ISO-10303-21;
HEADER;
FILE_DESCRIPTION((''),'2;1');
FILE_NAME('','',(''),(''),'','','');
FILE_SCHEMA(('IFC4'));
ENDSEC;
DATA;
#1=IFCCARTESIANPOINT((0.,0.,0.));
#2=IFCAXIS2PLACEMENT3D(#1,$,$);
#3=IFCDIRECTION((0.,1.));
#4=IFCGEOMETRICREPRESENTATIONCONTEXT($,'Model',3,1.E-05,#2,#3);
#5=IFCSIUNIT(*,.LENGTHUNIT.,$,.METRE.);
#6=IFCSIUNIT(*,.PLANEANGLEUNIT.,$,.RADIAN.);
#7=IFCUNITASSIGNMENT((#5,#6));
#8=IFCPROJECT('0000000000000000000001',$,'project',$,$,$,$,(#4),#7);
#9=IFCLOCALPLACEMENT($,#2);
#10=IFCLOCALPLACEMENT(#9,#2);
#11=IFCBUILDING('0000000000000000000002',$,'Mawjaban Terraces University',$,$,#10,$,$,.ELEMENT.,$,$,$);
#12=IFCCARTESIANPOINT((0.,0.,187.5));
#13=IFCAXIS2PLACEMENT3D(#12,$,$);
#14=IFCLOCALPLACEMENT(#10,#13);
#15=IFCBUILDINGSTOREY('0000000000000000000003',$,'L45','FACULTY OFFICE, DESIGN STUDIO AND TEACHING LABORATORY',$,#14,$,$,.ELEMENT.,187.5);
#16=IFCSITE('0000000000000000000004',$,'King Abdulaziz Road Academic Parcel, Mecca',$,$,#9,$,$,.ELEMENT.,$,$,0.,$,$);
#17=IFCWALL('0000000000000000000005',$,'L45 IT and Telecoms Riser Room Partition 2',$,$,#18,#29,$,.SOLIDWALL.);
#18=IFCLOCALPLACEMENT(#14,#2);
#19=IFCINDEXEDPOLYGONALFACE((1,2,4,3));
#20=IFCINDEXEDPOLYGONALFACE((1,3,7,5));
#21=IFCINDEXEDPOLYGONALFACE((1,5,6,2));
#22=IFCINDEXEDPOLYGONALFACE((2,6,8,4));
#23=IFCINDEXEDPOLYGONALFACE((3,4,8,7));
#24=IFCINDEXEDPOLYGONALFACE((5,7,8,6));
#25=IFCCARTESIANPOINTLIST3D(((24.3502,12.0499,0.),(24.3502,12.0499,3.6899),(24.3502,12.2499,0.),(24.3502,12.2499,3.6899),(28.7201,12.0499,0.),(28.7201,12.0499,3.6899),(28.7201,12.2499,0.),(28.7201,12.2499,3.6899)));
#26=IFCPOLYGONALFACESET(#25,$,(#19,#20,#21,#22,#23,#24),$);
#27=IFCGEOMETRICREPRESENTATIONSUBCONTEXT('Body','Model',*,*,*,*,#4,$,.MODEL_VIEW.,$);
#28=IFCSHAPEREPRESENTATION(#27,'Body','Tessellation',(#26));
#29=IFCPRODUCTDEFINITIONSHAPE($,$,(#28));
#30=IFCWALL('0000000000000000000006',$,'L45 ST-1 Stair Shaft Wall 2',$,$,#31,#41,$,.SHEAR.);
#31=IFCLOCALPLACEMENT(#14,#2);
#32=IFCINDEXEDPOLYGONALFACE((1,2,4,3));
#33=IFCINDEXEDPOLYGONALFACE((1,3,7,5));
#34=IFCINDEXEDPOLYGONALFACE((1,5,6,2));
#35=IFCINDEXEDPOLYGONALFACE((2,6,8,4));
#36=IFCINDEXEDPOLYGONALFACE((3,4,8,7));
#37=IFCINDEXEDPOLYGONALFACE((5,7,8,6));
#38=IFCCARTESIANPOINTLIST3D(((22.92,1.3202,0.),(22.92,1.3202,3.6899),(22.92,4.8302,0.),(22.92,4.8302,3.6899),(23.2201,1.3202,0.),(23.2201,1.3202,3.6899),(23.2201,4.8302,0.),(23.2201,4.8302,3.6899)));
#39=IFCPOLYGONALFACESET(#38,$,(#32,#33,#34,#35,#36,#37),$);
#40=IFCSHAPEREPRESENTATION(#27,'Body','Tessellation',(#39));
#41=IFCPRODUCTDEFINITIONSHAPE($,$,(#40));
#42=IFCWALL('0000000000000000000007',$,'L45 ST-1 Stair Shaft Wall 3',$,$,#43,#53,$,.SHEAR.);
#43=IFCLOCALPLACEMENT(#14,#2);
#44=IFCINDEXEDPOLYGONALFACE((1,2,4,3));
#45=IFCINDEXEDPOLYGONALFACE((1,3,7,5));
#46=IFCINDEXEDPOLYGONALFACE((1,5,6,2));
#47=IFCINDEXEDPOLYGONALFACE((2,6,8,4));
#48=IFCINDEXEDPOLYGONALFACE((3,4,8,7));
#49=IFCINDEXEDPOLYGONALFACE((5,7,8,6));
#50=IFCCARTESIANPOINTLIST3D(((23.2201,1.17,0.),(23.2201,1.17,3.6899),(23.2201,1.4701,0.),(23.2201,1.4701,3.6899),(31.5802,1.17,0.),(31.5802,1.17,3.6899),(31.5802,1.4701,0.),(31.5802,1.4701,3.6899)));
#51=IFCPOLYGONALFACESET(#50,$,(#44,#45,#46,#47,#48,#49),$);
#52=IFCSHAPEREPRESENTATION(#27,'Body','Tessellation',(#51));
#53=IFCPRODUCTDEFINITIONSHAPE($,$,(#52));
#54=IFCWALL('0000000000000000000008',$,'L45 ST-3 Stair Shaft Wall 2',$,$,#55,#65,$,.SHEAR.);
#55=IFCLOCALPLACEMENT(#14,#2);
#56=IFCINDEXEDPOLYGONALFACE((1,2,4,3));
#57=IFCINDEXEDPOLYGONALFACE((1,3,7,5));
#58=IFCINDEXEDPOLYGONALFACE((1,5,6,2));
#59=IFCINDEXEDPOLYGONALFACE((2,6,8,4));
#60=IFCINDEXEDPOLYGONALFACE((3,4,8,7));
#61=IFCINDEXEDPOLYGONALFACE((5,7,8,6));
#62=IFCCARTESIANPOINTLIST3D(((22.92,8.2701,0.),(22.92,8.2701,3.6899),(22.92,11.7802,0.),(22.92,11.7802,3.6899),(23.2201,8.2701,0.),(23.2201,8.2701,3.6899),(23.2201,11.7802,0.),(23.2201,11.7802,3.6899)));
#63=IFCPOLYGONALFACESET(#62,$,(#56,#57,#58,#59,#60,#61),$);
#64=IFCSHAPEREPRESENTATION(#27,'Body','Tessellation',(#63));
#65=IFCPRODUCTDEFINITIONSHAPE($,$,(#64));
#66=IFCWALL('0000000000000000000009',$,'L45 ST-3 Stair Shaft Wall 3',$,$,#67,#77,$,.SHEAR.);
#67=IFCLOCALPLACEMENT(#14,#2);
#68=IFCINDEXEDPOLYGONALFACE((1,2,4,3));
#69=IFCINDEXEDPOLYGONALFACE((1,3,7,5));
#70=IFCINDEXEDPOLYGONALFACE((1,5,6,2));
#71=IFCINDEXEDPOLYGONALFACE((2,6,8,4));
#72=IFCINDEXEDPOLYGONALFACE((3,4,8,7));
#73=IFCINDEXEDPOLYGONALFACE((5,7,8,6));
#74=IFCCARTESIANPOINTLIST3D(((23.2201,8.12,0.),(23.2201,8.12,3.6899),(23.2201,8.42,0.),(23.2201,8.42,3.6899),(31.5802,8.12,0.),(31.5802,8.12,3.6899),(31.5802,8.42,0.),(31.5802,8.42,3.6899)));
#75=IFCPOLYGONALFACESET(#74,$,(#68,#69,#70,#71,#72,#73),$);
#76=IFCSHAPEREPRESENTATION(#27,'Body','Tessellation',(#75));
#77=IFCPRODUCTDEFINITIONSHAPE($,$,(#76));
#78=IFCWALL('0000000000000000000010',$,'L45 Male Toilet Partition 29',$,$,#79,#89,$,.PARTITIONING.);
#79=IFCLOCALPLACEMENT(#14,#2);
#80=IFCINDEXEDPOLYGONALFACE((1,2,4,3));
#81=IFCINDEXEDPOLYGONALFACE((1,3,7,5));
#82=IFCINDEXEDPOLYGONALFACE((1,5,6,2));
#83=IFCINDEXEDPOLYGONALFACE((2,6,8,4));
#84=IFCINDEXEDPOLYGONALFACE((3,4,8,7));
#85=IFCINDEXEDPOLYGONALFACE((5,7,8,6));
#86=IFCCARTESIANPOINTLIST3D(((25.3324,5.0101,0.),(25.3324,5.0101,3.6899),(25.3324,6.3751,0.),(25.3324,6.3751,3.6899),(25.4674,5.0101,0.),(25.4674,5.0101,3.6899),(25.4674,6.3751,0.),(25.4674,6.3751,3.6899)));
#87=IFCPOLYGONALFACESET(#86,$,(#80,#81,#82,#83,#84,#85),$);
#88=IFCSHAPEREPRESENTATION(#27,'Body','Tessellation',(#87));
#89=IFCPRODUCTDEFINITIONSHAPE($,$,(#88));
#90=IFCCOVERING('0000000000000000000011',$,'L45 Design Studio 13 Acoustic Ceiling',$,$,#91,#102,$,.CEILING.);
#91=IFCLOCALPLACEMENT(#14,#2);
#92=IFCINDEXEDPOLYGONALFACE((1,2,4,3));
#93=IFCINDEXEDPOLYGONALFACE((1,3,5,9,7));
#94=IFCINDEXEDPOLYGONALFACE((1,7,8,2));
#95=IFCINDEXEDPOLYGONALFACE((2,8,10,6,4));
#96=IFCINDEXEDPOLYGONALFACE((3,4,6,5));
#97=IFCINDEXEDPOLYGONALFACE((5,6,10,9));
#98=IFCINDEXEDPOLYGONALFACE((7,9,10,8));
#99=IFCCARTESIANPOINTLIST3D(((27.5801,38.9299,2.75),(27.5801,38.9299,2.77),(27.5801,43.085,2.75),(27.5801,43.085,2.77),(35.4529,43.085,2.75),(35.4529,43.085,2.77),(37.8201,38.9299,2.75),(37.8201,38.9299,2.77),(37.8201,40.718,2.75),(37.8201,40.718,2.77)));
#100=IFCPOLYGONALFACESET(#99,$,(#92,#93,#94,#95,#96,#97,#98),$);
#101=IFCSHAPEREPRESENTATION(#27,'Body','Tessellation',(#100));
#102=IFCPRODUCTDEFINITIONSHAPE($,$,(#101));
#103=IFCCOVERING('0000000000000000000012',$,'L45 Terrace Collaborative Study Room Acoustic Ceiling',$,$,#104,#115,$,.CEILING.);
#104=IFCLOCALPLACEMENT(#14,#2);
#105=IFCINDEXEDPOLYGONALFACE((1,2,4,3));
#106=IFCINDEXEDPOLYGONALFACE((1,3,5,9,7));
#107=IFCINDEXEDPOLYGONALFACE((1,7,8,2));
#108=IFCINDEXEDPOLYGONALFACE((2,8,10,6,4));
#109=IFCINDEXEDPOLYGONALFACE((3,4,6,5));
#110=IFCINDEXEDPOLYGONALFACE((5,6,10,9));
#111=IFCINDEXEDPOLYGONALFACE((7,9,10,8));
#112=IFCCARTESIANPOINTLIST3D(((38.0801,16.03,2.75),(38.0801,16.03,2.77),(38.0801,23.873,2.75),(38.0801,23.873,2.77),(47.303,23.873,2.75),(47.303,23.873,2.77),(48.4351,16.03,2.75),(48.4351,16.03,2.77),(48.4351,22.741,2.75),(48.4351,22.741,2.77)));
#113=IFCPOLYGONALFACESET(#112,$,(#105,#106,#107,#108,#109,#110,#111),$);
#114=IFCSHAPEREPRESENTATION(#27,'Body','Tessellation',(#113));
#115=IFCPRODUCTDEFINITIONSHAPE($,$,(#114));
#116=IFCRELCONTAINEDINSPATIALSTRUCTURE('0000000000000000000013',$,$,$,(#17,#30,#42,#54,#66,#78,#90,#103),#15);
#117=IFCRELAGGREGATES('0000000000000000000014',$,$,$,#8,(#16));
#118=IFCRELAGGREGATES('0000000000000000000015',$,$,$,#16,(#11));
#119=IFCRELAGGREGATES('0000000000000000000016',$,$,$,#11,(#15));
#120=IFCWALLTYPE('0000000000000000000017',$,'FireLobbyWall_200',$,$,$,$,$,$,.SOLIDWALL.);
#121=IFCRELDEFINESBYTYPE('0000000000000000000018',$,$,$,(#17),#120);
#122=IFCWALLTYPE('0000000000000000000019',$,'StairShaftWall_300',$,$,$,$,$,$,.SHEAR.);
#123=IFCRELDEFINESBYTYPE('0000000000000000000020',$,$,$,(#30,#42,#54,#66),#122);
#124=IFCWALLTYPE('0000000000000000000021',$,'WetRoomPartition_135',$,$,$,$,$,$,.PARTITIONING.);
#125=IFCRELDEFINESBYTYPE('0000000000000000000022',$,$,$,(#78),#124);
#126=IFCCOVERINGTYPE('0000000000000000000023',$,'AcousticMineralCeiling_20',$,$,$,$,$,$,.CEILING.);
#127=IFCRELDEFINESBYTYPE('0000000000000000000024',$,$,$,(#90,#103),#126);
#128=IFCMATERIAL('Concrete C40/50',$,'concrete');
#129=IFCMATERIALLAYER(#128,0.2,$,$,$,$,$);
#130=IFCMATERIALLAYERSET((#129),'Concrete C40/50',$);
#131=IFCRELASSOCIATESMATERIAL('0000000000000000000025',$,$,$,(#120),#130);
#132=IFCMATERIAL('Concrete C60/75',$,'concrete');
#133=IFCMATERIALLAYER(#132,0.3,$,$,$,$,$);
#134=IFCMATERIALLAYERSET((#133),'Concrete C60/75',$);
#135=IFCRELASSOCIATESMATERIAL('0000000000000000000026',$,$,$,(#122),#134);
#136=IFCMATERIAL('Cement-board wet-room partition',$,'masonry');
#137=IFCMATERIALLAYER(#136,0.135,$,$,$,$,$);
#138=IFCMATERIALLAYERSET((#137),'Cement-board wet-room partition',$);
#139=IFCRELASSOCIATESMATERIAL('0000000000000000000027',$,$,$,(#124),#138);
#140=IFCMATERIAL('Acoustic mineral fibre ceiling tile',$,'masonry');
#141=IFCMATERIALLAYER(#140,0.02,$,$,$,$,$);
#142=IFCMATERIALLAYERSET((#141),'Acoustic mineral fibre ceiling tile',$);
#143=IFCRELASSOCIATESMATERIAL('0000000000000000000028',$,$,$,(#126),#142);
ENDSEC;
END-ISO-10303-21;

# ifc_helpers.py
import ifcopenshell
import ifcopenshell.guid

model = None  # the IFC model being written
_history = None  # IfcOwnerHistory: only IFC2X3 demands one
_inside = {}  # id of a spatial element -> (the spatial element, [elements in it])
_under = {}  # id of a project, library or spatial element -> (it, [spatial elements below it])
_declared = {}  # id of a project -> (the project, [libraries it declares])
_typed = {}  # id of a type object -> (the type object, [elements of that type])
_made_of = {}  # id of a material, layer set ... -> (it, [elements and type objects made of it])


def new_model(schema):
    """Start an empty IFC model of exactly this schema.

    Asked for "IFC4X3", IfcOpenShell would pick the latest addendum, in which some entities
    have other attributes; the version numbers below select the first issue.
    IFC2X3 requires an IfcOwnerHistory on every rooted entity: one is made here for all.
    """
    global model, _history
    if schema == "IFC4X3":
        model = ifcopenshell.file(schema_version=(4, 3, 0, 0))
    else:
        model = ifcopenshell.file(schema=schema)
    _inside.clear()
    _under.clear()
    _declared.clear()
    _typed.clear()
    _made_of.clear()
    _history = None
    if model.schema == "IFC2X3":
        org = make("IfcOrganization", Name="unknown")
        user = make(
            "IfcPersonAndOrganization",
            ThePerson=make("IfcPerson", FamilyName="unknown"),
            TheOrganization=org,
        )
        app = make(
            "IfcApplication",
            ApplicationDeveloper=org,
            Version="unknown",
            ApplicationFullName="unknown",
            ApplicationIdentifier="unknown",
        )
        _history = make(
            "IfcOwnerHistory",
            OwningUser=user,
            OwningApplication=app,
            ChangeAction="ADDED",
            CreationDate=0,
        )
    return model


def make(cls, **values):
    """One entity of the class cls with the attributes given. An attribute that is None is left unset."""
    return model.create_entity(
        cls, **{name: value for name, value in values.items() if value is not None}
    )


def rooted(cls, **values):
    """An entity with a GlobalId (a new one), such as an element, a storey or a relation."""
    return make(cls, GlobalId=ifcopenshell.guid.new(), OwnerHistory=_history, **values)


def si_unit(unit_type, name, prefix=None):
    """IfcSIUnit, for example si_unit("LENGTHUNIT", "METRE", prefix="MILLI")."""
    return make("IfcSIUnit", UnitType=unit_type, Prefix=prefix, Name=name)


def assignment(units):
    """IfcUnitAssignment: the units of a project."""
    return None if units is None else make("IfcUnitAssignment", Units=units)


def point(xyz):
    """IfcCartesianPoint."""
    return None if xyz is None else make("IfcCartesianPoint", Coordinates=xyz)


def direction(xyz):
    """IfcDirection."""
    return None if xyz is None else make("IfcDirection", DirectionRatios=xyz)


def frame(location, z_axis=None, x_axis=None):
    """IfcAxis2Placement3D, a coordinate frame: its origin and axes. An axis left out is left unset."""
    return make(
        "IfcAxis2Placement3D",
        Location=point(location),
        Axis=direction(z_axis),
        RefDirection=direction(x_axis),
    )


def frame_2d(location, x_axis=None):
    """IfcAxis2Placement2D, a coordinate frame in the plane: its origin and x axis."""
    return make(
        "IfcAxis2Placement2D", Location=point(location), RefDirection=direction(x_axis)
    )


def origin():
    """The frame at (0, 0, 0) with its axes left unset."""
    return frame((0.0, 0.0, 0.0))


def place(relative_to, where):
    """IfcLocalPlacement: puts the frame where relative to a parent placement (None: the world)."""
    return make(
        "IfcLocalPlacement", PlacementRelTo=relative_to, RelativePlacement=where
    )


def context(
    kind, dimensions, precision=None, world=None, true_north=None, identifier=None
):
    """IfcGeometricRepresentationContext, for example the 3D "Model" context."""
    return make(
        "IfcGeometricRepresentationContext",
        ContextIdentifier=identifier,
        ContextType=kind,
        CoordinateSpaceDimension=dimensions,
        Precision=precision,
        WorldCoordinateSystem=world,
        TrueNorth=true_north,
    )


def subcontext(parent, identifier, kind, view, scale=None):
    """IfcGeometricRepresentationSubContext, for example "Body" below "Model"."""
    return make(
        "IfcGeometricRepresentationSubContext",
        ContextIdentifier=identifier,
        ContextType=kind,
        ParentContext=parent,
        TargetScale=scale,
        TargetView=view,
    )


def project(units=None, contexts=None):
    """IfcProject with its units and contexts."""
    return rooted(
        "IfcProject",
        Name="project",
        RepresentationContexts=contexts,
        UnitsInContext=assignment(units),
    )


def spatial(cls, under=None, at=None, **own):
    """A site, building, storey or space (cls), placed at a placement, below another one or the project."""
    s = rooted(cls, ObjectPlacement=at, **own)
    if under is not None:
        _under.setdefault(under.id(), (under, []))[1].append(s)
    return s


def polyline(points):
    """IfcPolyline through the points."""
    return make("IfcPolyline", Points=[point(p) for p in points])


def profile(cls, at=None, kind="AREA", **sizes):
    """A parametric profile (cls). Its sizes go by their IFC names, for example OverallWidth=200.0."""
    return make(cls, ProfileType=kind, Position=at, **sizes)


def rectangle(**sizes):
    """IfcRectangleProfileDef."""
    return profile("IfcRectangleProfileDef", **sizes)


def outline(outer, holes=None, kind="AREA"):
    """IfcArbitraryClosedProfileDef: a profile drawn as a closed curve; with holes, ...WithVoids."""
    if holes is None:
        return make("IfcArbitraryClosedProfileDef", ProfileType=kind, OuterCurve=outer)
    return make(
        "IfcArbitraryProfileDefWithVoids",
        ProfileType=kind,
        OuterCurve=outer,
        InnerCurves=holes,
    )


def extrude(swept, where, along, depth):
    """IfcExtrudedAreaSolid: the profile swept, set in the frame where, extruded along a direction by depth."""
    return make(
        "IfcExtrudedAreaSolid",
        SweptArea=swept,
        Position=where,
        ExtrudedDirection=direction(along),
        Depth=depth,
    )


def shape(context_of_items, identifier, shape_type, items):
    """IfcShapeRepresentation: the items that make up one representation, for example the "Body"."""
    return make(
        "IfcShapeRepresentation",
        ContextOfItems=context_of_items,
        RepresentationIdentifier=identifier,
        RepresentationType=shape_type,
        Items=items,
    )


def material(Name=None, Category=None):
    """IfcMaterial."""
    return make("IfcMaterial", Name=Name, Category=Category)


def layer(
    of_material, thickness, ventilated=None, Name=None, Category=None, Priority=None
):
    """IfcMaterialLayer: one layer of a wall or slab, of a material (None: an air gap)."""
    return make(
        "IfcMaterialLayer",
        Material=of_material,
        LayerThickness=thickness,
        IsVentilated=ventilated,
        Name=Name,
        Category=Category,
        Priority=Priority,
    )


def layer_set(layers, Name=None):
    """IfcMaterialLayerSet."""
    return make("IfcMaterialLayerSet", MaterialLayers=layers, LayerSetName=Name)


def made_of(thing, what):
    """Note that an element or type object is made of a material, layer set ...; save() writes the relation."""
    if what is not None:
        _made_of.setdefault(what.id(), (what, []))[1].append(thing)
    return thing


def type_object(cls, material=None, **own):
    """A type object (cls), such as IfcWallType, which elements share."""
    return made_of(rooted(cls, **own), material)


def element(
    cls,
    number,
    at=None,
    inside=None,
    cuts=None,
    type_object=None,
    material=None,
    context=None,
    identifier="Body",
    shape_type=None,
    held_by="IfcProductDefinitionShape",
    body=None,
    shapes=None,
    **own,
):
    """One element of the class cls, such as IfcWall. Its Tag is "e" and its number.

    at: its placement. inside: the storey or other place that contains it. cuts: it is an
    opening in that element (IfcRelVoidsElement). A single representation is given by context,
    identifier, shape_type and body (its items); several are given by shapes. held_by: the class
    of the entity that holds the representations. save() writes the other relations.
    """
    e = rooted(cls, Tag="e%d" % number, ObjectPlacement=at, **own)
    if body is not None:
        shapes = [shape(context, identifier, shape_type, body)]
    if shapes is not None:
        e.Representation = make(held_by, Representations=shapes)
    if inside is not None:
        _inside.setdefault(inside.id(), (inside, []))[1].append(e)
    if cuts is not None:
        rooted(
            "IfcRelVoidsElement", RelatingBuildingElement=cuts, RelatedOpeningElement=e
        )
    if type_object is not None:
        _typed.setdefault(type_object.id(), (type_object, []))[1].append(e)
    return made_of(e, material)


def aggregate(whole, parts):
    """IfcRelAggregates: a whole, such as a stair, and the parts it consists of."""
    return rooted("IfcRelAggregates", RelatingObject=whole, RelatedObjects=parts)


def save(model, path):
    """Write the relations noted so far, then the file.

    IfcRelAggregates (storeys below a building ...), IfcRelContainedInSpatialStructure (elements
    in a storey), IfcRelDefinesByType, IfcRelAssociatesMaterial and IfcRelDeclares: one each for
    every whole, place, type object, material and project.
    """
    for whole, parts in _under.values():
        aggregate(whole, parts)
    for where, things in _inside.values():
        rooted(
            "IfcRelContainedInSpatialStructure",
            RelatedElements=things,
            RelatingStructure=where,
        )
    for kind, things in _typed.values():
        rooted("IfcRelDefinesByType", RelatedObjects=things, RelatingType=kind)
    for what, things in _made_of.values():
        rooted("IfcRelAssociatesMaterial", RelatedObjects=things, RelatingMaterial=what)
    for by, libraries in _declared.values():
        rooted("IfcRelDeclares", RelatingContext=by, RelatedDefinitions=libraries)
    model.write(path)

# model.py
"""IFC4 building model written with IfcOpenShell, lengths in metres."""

from ifc_helpers import new_model, si_unit, direction, frame, frame_2d, origin, place, context, subcontext, project, spatial, polyline, rectangle, outline, extrude, material, layer, layer_set, type_object, element, save


model = new_model("IFC4")

# Units and contexts
model_context = context("Model", 3, precision=1e-05, world=origin(), true_north=direction((0.0, 1.0)))
body_context = subcontext(model_context, "Body", "Model", "MODEL_VIEW")
ifc_project = project(units=[si_unit("LENGTHUNIT", "METRE"), si_unit("PLANEANGLEUNIT", "RADIAN")], contexts=[model_context])

# Site, building, storey
site_placement = place(None, origin())
site = spatial("IfcSite", under=ifc_project, at=site_placement, Name="King Abdulaziz Road Academic Parcel, Mecca", CompositionType="ELEMENT", RefElevation=0.0)
building_placement = place(site_placement, origin())
building = spatial("IfcBuilding", under=site, at=building_placement, Name="Mawjaban Terraces University", CompositionType="ELEMENT")
storey_placement = place(building_placement, frame((0.0, 0.0, 187.5)))
storey = spatial("IfcBuildingStorey", under=building, at=storey_placement, Name="L45", Description="FACULTY OFFICE, DESIGN STUDIO AND TEACHING LABORATORY", CompositionType="ELEMENT", Elevation=187.5)

# Shared definitions
ifc_material_1 = material(Name="Concrete C60/75", Category="concrete")

# Walls
ifc_material_2 = material(Name="Concrete C40/50", Category="concrete")
ifc_layer_1 = layer(ifc_material_2, 0.2)
ifc_layer_set_1 = layer_set([ifc_layer_1], Name="Concrete C40/50")
wall_type_1 = type_object("IfcWallType", Name="FireLobbyWall_200", PredefinedType="SOLIDWALL", material=ifc_layer_set_1)
wall_1_placement = place(storey_placement, frame((24.3501, 12.1499, 0.0), z_axis=(0.0, 0.0, 1.0), x_axis=(1.0, 0.0, 0.0)))
element("IfcWall", 1, at=wall_1_placement, inside=storey, type_object=wall_type_1, Name="L45 IT and Telecoms Riser Room Partition 2", PredefinedType="SOLIDWALL", context=body_context, shape_type="SweptSolid", body=[
    extrude(rectangle(XDim=4.3699, YDim=0.2, at=frame_2d((2.1851, 0.0))), origin(), (0.0, 0.0, 1.0), 3.6899),
])
ifc_layer_2 = layer(ifc_material_1, 0.3)
ifc_layer_set_2 = layer_set([ifc_layer_2], Name="Concrete C60/75")
wall_type_2 = type_object("IfcWallType", Name="StairShaftWall_300", PredefinedType="SHEAR", material=ifc_layer_set_2)
wall_2_placement = place(storey_placement, frame((23.0701, 4.8301, 0.0), z_axis=(0.0, 0.0, 1.0), x_axis=(0.0, -1.0, 0.0)))
element("IfcWall", 2, at=wall_2_placement, inside=storey, type_object=wall_type_2, Name="L45 ST-1 Stair Shaft Wall 2", PredefinedType="SHEAR", context=body_context, shape_type="SweptSolid", body=[
    extrude(rectangle(XDim=3.51, YDim=0.3, at=frame_2d((1.7549, 0.0))), origin(), (0.0, 0.0, 1.0), 3.6899),
])
wall_3_placement = place(storey_placement, frame((23.22, 1.3201, 0.0), z_axis=(0.0, 0.0, 1.0), x_axis=(1.0, 0.0, 0.0)))
element("IfcWall", 3, at=wall_3_placement, inside=storey, type_object=wall_type_2, Name="L45 ST-1 Stair Shaft Wall 3", PredefinedType="SHEAR", context=body_context, shape_type="SweptSolid", body=[
    extrude(rectangle(XDim=8.3601, YDim=0.3, at=frame_2d((4.1802, 0.0))), origin(), (0.0, 0.0, 1.0), 3.6899),
])
wall_4_placement = place(storey_placement, frame((23.0701, 11.78, 0.0), z_axis=(0.0, 0.0, 1.0), x_axis=(0.0, -1.0, 0.0)))
element("IfcWall", 4, at=wall_4_placement, inside=storey, type_object=wall_type_2, Name="L45 ST-3 Stair Shaft Wall 2", PredefinedType="SHEAR", context=body_context, shape_type="SweptSolid", body=[
    extrude(rectangle(XDim=3.51, YDim=0.3, at=frame_2d((1.7549, 0.0))), origin(), (0.0, 0.0, 1.0), 3.6899),
])
wall_5_placement = place(storey_placement, frame((23.22, 8.27, 0.0), z_axis=(0.0, 0.0, 1.0), x_axis=(1.0, 0.0, 0.0)))
element("IfcWall", 5, at=wall_5_placement, inside=storey, type_object=wall_type_2, Name="L45 ST-3 Stair Shaft Wall 3", PredefinedType="SHEAR", context=body_context, shape_type="SweptSolid", body=[
    extrude(rectangle(XDim=8.3601, YDim=0.3, at=frame_2d((4.1802, 0.0))), origin(), (0.0, 0.0, 1.0), 3.6899),
])
ifc_material_3 = material(Name="Cement-board wet-room partition", Category="masonry")
ifc_layer_3 = layer(ifc_material_3, 0.135)
ifc_layer_set_3 = layer_set([ifc_layer_3], Name="Cement-board wet-room partition")
wall_type_3 = type_object("IfcWallType", Name="WetRoomPartition_135", PredefinedType="PARTITIONING", material=ifc_layer_set_3)
wall_6_placement = place(storey_placement, frame((25.3999, 5.01, 0.0), z_axis=(0.0, 0.0, 1.0), x_axis=(0.0, 1.0, 0.0)))
element("IfcWall", 6, at=wall_6_placement, inside=storey, type_object=wall_type_3, Name="L45 Male Toilet Partition 29", PredefinedType="PARTITIONING", context=body_context, shape_type="SweptSolid", body=[
    extrude(rectangle(XDim=1.365, YDim=0.135, at=frame_2d((0.6826, 0.0))), origin(), (0.0, 0.0, 1.0), 3.6899),
])

# Coverings
ifc_material_4 = material(Name="Acoustic mineral fibre ceiling tile", Category="masonry")
ifc_layer_4 = layer(ifc_material_4, 0.02)
ifc_layer_set_4 = layer_set([ifc_layer_4], Name="Acoustic mineral fibre ceiling tile")
covering_type = type_object("IfcCoveringType", Name="AcousticMineralCeiling_20", PredefinedType="CEILING", material=ifc_layer_set_4)
covering_1_placement = place(storey_placement, frame((0.0, 0.0, 2.75)))
element("IfcCovering", 7, at=covering_1_placement, inside=storey, type_object=covering_type, Name="L45 Design Studio 13 Acoustic Ceiling", PredefinedType="CEILING", context=body_context, shape_type="SweptSolid", body=[
    extrude(outline(polyline([(37.8201, 40.718), (35.4529, 43.085), (27.5801, 43.085), (27.5801, 38.9299), (37.8201, 38.9299), (37.8201, 40.718)])), origin(), (0.0, 0.0, 1.0), 0.02),
])
covering_2_placement = place(storey_placement, frame((0.0, 0.0, 2.75)))
element("IfcCovering", 8, at=covering_2_placement, inside=storey, type_object=covering_type, Name="L45 Terrace Collaborative Study Room Acoustic Ceiling", PredefinedType="CEILING", context=body_context, shape_type="SweptSolid", body=[
    extrude(outline(polyline([(48.4351, 16.03), (48.4351, 22.741), (47.303, 23.873), (38.0801, 23.873), (38.0801, 16.03), (48.4351, 16.03)])), origin(), (0.0, 0.0, 1.0), 0.02),
])

save(model, "model.ifc")
